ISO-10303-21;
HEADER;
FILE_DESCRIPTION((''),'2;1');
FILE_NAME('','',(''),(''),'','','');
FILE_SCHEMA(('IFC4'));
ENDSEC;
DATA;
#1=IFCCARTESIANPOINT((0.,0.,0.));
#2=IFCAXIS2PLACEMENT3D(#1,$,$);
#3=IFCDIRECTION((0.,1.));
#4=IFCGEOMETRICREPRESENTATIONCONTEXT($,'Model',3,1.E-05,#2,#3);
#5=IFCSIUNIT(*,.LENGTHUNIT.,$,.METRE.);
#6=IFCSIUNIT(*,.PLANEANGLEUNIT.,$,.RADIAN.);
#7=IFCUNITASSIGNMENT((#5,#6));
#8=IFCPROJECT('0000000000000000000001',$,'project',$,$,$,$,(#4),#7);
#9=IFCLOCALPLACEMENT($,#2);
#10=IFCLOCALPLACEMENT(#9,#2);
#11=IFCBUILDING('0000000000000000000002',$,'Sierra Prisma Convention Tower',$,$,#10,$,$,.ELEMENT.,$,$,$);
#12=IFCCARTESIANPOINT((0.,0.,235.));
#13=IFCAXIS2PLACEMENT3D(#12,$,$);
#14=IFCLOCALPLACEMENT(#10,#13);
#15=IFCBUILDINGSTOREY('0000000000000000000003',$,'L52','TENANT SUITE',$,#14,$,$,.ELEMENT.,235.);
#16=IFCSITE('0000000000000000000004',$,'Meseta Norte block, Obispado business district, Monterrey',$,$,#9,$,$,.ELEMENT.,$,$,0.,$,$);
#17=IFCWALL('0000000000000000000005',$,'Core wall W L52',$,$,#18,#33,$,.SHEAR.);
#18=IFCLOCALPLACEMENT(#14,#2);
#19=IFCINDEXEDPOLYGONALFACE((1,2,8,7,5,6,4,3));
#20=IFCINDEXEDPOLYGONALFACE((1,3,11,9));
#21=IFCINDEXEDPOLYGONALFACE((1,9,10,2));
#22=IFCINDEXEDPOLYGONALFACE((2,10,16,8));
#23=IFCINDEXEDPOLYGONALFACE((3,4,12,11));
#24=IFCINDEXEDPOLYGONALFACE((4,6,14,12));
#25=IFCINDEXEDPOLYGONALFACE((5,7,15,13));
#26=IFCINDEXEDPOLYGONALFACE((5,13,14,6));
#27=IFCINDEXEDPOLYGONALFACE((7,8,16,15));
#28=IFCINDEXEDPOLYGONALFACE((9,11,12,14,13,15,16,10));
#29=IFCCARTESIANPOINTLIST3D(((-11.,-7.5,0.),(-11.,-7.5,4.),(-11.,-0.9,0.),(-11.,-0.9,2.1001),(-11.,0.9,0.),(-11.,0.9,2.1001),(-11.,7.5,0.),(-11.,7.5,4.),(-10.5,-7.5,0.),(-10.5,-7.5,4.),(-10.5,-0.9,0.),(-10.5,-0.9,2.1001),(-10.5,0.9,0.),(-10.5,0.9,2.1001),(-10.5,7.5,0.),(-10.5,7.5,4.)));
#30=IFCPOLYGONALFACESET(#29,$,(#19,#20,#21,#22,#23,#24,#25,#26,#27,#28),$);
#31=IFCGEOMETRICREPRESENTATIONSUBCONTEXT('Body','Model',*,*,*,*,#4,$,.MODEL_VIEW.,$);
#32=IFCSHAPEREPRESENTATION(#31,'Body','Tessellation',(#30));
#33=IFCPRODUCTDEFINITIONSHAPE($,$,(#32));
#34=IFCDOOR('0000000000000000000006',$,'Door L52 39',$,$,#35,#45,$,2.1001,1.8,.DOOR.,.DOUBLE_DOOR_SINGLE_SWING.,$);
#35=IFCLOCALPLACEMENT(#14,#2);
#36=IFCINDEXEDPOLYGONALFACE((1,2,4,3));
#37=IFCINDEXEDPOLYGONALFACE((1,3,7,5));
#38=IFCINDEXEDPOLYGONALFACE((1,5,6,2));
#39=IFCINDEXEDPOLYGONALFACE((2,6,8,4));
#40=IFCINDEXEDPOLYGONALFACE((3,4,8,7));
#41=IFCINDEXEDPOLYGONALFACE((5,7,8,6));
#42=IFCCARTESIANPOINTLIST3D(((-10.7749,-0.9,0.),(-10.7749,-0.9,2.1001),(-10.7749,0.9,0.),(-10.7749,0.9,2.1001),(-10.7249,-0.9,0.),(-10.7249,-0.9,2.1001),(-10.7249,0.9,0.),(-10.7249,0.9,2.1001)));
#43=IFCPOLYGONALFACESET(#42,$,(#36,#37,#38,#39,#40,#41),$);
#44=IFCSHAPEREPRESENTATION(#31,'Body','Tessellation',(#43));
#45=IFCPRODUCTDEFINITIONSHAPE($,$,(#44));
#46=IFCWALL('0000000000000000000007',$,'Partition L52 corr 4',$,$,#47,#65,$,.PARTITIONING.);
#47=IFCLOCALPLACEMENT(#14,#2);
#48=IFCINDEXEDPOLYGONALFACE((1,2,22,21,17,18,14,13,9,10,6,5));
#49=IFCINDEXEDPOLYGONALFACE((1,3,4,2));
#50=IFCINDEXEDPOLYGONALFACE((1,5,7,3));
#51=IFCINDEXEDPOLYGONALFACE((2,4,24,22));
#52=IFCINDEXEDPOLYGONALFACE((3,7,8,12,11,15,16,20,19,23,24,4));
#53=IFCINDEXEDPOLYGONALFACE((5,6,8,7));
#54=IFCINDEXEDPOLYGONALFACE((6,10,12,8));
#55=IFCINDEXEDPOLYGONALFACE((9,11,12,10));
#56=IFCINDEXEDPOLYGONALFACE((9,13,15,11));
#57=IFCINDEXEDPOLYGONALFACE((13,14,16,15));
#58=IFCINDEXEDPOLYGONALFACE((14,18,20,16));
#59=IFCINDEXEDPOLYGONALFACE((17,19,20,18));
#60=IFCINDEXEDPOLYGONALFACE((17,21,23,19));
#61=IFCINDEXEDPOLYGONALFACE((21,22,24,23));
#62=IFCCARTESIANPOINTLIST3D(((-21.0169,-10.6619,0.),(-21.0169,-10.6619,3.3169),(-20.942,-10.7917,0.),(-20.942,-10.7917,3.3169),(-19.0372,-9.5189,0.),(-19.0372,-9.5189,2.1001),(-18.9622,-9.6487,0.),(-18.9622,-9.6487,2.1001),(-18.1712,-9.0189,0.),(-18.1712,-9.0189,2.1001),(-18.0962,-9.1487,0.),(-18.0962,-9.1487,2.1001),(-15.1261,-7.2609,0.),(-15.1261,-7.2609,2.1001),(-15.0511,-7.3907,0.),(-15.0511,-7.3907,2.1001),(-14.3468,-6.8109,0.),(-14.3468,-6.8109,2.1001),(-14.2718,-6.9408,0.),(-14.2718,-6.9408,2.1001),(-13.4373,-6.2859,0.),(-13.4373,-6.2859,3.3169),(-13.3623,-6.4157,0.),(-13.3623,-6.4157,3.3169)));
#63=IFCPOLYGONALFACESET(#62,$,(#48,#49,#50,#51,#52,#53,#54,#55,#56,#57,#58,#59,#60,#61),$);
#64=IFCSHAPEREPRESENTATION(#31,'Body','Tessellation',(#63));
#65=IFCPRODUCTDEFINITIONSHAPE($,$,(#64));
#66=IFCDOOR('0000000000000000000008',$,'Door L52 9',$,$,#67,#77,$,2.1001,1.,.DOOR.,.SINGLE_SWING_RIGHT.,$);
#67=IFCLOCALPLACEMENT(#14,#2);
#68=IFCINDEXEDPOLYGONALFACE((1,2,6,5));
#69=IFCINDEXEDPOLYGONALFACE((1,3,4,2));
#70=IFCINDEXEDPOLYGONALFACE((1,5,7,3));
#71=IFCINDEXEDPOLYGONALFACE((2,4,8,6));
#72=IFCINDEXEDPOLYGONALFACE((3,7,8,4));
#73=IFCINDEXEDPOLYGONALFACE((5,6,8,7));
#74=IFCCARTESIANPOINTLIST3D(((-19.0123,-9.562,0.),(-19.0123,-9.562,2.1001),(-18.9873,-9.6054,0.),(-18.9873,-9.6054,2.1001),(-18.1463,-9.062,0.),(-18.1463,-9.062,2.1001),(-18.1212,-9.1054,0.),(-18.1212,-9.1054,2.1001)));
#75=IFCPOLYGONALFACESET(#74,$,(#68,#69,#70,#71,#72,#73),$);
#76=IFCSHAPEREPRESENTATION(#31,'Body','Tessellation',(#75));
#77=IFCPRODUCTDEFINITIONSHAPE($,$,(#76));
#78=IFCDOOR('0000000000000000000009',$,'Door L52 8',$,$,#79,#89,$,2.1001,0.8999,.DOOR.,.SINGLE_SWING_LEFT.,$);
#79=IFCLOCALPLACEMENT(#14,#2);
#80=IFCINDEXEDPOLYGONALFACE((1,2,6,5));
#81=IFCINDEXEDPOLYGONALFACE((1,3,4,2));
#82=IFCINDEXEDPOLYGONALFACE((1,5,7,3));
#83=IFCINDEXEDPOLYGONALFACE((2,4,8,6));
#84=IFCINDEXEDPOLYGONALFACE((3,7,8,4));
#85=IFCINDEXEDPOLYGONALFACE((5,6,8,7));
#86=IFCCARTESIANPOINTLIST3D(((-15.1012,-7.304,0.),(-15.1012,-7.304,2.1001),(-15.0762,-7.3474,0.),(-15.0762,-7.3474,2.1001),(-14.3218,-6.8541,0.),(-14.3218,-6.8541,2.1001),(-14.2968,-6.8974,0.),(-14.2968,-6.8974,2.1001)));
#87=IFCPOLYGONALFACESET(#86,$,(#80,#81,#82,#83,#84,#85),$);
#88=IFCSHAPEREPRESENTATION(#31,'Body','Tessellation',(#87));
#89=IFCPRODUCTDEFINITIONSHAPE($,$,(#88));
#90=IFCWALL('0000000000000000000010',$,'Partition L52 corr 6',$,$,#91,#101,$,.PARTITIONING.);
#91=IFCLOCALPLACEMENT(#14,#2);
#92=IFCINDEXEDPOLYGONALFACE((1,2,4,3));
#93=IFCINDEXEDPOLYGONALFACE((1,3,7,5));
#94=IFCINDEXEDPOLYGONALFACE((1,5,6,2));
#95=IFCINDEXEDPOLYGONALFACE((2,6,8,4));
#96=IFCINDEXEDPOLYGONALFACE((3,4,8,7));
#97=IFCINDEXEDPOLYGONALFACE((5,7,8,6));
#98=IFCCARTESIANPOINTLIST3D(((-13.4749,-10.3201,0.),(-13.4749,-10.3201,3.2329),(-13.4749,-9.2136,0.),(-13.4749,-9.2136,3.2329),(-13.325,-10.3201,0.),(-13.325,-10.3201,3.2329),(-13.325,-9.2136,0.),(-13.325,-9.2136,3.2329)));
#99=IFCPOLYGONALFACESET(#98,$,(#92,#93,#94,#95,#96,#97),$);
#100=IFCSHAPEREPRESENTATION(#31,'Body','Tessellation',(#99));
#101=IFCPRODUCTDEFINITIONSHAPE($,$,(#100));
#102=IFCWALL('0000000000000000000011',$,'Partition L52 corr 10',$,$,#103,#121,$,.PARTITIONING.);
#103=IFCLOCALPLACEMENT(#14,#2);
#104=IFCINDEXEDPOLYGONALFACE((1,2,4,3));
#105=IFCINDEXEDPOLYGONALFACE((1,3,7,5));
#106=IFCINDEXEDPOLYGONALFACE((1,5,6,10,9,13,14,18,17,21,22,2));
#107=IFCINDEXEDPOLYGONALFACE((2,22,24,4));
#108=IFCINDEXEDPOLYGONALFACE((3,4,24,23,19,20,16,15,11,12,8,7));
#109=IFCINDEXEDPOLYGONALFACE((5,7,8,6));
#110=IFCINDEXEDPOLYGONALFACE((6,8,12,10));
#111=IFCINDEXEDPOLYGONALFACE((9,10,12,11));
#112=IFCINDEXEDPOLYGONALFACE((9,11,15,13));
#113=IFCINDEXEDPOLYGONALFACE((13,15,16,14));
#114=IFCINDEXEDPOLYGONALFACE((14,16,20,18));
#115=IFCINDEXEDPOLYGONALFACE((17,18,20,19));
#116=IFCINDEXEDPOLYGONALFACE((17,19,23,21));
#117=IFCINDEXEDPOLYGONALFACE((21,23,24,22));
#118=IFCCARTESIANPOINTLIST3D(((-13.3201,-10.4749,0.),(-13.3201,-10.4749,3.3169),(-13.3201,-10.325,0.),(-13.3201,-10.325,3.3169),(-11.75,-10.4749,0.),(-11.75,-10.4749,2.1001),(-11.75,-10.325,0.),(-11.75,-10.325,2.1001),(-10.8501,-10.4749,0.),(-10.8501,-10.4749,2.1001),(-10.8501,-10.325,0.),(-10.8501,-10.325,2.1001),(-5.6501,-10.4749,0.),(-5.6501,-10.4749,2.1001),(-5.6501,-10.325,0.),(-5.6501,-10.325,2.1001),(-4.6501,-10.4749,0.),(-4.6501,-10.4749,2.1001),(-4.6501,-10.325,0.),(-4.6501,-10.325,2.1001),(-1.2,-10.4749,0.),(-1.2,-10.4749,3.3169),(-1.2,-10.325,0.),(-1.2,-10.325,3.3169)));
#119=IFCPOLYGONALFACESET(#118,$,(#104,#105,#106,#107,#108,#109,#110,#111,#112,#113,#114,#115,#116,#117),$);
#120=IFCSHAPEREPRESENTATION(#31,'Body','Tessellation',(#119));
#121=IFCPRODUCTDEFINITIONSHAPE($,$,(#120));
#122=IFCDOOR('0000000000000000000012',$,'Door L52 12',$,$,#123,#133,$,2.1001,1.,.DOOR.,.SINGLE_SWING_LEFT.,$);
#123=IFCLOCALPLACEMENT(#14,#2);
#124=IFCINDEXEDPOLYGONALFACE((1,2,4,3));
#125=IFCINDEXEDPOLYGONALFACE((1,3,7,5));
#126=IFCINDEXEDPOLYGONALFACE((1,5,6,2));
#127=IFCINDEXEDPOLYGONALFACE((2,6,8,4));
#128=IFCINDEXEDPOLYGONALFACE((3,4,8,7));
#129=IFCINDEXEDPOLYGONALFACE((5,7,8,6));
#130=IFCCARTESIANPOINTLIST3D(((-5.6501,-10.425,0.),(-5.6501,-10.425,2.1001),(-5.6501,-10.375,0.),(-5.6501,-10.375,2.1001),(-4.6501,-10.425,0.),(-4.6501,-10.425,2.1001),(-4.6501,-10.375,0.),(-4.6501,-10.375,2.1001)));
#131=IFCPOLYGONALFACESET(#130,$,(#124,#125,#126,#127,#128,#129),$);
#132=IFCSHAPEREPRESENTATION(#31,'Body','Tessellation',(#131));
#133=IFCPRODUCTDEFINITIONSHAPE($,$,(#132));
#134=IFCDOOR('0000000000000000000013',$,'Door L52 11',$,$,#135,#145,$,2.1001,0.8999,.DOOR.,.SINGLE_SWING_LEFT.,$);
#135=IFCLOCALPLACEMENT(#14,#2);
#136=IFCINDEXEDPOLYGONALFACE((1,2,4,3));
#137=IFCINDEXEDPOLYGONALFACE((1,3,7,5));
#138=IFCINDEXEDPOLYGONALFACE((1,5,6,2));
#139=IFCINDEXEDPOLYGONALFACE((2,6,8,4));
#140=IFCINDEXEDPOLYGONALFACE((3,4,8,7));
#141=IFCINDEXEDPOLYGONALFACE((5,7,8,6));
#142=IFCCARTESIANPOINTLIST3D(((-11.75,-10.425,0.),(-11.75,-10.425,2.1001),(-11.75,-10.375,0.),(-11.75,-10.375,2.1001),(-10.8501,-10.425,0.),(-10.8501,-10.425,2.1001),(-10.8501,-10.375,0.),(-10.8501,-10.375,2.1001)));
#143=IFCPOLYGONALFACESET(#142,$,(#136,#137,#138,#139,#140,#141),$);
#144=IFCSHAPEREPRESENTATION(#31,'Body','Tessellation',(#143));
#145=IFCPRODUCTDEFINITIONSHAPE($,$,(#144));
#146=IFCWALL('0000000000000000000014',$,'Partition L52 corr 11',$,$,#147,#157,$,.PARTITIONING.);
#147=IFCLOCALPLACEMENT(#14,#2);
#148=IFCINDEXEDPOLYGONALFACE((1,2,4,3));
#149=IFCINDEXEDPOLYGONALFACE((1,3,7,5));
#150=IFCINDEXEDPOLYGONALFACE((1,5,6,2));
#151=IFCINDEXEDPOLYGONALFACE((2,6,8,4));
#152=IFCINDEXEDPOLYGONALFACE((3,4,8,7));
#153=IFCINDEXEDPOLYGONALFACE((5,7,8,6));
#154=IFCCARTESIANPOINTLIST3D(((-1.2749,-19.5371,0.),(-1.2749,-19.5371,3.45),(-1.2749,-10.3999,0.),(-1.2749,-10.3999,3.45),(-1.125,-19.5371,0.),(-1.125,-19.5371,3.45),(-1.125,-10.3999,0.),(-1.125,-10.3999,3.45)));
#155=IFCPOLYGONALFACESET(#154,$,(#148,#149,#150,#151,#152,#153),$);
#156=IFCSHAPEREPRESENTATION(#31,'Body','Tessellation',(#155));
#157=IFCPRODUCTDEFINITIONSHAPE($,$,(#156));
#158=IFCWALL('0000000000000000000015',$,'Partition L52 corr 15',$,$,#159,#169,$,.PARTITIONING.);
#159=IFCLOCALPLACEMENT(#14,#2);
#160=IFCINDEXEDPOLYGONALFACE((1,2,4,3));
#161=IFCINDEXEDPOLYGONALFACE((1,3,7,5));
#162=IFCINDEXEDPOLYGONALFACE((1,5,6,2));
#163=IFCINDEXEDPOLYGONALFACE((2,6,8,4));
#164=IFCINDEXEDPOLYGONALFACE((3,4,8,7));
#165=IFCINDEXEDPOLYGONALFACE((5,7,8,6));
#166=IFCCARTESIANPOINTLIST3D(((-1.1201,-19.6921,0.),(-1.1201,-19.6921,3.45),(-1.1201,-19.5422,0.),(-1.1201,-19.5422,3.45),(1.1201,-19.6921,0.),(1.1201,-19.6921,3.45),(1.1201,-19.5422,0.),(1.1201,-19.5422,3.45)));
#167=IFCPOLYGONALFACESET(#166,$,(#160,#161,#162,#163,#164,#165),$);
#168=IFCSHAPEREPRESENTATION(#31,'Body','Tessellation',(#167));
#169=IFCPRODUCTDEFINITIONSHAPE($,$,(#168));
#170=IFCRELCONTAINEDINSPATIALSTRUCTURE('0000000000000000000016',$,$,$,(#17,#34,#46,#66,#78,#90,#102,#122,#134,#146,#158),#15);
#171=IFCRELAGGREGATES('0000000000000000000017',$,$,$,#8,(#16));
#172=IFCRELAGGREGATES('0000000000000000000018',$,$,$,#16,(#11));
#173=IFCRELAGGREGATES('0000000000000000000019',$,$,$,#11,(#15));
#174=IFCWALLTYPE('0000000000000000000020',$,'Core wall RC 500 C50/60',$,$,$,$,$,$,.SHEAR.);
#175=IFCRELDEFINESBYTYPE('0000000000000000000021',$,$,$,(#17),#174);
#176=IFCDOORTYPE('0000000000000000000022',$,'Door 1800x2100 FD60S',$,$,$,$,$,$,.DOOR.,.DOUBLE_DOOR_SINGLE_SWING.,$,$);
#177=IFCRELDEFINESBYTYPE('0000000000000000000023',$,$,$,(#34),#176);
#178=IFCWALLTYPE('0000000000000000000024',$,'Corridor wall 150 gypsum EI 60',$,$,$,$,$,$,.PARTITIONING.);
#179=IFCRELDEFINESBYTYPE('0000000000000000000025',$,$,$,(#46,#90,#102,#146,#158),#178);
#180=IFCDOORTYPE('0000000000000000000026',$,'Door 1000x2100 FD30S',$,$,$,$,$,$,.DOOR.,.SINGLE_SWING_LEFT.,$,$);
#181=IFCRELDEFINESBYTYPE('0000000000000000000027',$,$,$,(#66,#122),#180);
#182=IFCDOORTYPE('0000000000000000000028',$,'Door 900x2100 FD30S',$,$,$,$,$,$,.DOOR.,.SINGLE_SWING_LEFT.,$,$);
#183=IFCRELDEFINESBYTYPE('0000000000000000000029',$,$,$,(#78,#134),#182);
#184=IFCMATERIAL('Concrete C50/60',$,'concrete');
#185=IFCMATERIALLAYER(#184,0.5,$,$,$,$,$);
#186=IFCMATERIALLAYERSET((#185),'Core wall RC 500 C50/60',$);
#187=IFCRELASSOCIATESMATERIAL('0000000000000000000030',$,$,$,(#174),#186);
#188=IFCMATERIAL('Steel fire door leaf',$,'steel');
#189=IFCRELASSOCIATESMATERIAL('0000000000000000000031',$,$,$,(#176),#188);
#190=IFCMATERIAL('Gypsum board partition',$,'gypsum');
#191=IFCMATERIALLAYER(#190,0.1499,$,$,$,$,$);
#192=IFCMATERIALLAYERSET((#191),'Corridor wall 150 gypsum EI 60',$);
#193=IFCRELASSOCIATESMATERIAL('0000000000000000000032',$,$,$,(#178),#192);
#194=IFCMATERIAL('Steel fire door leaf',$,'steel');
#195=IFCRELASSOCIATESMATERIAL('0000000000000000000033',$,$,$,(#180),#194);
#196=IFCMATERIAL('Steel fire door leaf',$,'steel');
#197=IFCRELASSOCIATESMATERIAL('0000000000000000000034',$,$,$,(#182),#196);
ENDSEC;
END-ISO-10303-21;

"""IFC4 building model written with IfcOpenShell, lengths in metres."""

from ifc_helpers import new_model, si_unit, direction, frame, frame_2d, origin, place, context, subcontext, project, spatial, rectangle, extrude, material, layer, layer_set, type_object, element, fill, save


model = new_model("IFC4")

# Units and contexts
model_context = context("Model", 3, precision=1e-05, world=origin(), true_north=direction((0.0, 1.0)))
body_context = subcontext(model_context, "Body", "Model", "MODEL_VIEW")
ifc_project = project(units=[si_unit("LENGTHUNIT", "METRE"), si_unit("PLANEANGLEUNIT", "RADIAN")], contexts=[model_context])

# Site, building, storey
site_placement = place(None, origin())
site = spatial("IfcSite", under=ifc_project, at=site_placement, Name="Meseta Norte block, Obispado business district, Monterrey", CompositionType="ELEMENT", RefElevation=0.0)
building_placement = place(site_placement, origin())
building = spatial("IfcBuilding", under=site, at=building_placement, Name="Sierra Prisma Convention Tower", CompositionType="ELEMENT")
storey_placement = place(building_placement, frame((0.0, 0.0, 235.0)))
storey = spatial("IfcBuildingStorey", under=building, at=storey_placement, Name="L52", Description="TENANT SUITE", CompositionType="ELEMENT", Elevation=235.0)

# Wall, opening, door
ifc_material_1 = material(Name="Concrete C50/60", Category="concrete")
ifc_layer_1 = layer(ifc_material_1, 0.5)
ifc_layer_set_1 = layer_set([ifc_layer_1], Name="Core wall RC 500 C50/60")
wall_type_1 = type_object("IfcWallType", Name="Core wall RC 500 C50/60", PredefinedType="SHEAR", material=ifc_layer_set_1)
wall_1_placement = place(storey_placement, frame((-10.75, -7.5, 0.0), z_axis=(0.0, 0.0, 1.0), x_axis=(0.0, 1.0, 0.0)))
wall_1 = element("IfcWall", 1, at=wall_1_placement, inside=storey, type_object=wall_type_1, Name="Core wall W L52", PredefinedType="SHEAR", context=body_context, shape_type="SweptSolid", body=[
    extrude(rectangle(XDim=15.0, YDim=0.5, at=frame_2d((7.5, 0.0))), origin(), (0.0, 0.0, 1.0), 4.0),
])
opening_1_placement = place(wall_1_placement, frame((6.6001, 0.0, 0.0)))
opening_1 = element("IfcOpeningElement", 2, at=opening_1_placement, cuts=wall_1, PredefinedType="OPENING", context=body_context, shape_type="SweptSolid", body=[
    extrude(rectangle(XDim=1.8, YDim=2.1001, at=frame_2d((0.8999, 1.05))), frame((0.0, 0.25, 0.0), z_axis=(0.0, -1.0, 0.0), x_axis=(1.0, 0.0, 0.0)), (0.0, 0.0, 1.0), 0.5),
])
ifc_material_2 = material(Name="Steel fire door leaf", Category="steel")
door_type_1 = type_object("IfcDoorType", Name="Door 1800x2100 FD60S", OperationType="DOUBLE_DOOR_SINGLE_SWING", PredefinedType="DOOR", material=ifc_material_2)
door_1_placement = place(opening_1_placement, origin())
door_1 = element("IfcDoor", 3, at=door_1_placement, inside=storey, type_object=door_type_1, Name="Door L52 39", OperationType="DOUBLE_DOOR_SINGLE_SWING", OverallHeight=2.1001, OverallWidth=1.8, PredefinedType="DOOR", context=body_context, shape_type="SweptSolid", body=[
    extrude(rectangle(XDim=1.8, YDim=2.1001, at=frame_2d((0.8999, 1.05))), frame((0.0, 0.0249, 0.0), z_axis=(0.0, -1.0, 0.0), x_axis=(1.0, 0.0, 0.0)), (0.0, 0.0, 1.0), 0.05),
])
fill(opening_1, door_1)

# Wall, openings, doors
ifc_material_3 = material(Name="Gypsum board partition", Category="gypsum")
ifc_layer_2 = layer(ifc_material_3, 0.1499)
ifc_layer_set_2 = layer_set([ifc_layer_2], Name="Corridor wall 150 gypsum EI 60")
wall_type_2 = type_object("IfcWallType", Name="Corridor wall 150 gypsum EI 60", PredefinedType="PARTITIONING", material=ifc_layer_set_2)
wall_2_placement = place(storey_placement, frame((-13.3999, -6.3508, 0.0), z_axis=(0.0, 0.0, 1.0), x_axis=(-0.86603, -0.499991, 0.0)))
wall_2 = element("IfcWall", 4, at=wall_2_placement, inside=storey, type_object=wall_type_2, Name="Partition L52 corr 4", PredefinedType="PARTITIONING", context=body_context, shape_type="SweptSolid", body=[
    extrude(rectangle(XDim=8.7522, YDim=0.1499, at=frame_2d((4.376, 0.0))), origin(), (0.0, 0.0, 1.0), 3.3169),
])
opening_2_placement = place(wall_2_placement, frame((1.05, 0.0, 0.0)))
opening_2 = element("IfcOpeningElement", 5, at=opening_2_placement, cuts=wall_2, PredefinedType="OPENING", context=body_context, shape_type="SweptSolid", body=[
    extrude(rectangle(XDim=0.8999, YDim=2.1001, at=frame_2d((0.45, 1.05))), frame((0.0, 0.075, 0.0), z_axis=(0.0, -1.0, 0.0), x_axis=(1.0, 0.0, 0.0)), (0.0, 0.0, 1.0), 0.1499),
])
opening_3_placement = place(wall_2_placement, frame((5.4661, 0.0, 0.0)))
opening_3 = element("IfcOpeningElement", 6, at=opening_3_placement, cuts=wall_2, PredefinedType="OPENING", context=body_context, shape_type="SweptSolid", body=[
    extrude(rectangle(XDim=1.0, YDim=2.1001, at=frame_2d((0.5, 1.05))), frame((0.0, 0.075, 0.0), z_axis=(0.0, -1.0, 0.0), x_axis=(1.0, 0.0, 0.0)), (0.0, 0.0, 1.0), 0.1499),
])
ifc_material_4 = material(Name="Steel fire door leaf", Category="steel")
door_type_2 = type_object("IfcDoorType", Name="Door 1000x2100 FD30S", OperationType="SINGLE_SWING_LEFT", PredefinedType="DOOR", material=ifc_material_4)
door_2_placement = place(opening_3_placement, origin())
door_2 = element("IfcDoor", 7, at=door_2_placement, inside=storey, type_object=door_type_2, Name="Door L52 9", OperationType="SINGLE_SWING_RIGHT", OverallHeight=2.1001, OverallWidth=1.0, PredefinedType="DOOR", context=body_context, shape_type="SweptSolid", body=[
    extrude(rectangle(XDim=1.0, YDim=2.1001, at=frame_2d((0.5, 1.05))), frame((0.0, 0.0249, 0.0), z_axis=(0.0, -1.0, 0.0), x_axis=(1.0, 0.0, 0.0)), (0.0, 0.0, 1.0), 0.05),
])
fill(opening_3, door_2)
ifc_material_5 = material(Name="Steel fire door leaf", Category="steel")
door_type_3 = type_object("IfcDoorType", Name="Door 900x2100 FD30S", OperationType="SINGLE_SWING_LEFT", PredefinedType="DOOR", material=ifc_material_5)
door_3_placement = place(opening_2_placement, origin())
door_3 = element("IfcDoor", 8, at=door_3_placement, inside=storey, type_object=door_type_3, Name="Door L52 8", OperationType="SINGLE_SWING_LEFT", OverallHeight=2.1001, OverallWidth=0.8999, PredefinedType="DOOR", context=body_context, shape_type="SweptSolid", body=[
    extrude(rectangle(XDim=0.8999, YDim=2.1001, at=frame_2d((0.45, 1.05))), frame((0.0, 0.0249, 0.0), z_axis=(0.0, -1.0, 0.0), x_axis=(1.0, 0.0, 0.0)), (0.0, 0.0, 1.0), 0.05),
])
fill(opening_2, door_3)

# Wall
wall_3_placement = place(storey_placement, frame((-13.3999, -9.2136, 0.0), z_axis=(0.0, 0.0, 1.0), x_axis=(0.0, -1.0, 0.0)))
element("IfcWall", 9, at=wall_3_placement, inside=storey, type_object=wall_type_2, Name="Partition L52 corr 6", PredefinedType="PARTITIONING", context=body_context, shape_type="SweptSolid", body=[
    extrude(rectangle(XDim=1.1064, YDim=0.1499, at=frame_2d((0.5532, 0.0))), origin(), (0.0, 0.0, 1.0), 3.2329),
])

# Wall, openings, doors
wall_4_placement = place(storey_placement, frame((-13.3201, -10.3999, 0.0), z_axis=(0.0, 0.0, 1.0), x_axis=(1.0, 0.0, 0.0)))
wall_4 = element("IfcWall", 10, at=wall_4_placement, inside=storey, type_object=wall_type_2, Name="Partition L52 corr 10", PredefinedType="PARTITIONING", context=body_context, shape_type="SweptSolid", body=[
    extrude(rectangle(XDim=12.1201, YDim=0.1499, at=frame_2d((6.0601, 0.0))), origin(), (0.0, 0.0, 1.0), 3.3169),
])
opening_4_placement = place(wall_4_placement, frame((1.5701, 0.0, 0.0)))
opening_4 = element("IfcOpeningElement", 11, at=opening_4_placement, cuts=wall_4, PredefinedType="OPENING", context=body_context, shape_type="SweptSolid", body=[
    extrude(rectangle(XDim=0.8999, YDim=2.1001, at=frame_2d((0.45, 1.05))), frame((0.0, 0.075, 0.0), z_axis=(0.0, -1.0, 0.0), x_axis=(1.0, 0.0, 0.0)), (0.0, 0.0, 1.0), 0.1499),
])
opening_5_placement = place(wall_4_placement, frame((7.6699, 0.0, 0.0)))
opening_5 = element("IfcOpeningElement", 12, at=opening_5_placement, cuts=wall_4, PredefinedType="OPENING", context=body_context, shape_type="SweptSolid", body=[
    extrude(rectangle(XDim=1.0, YDim=2.1001, at=frame_2d((0.5, 1.05))), frame((0.0, 0.075, 0.0), z_axis=(0.0, -1.0, 0.0), x_axis=(1.0, 0.0, 0.0)), (0.0, 0.0, 1.0), 0.1499),
])
door_4_placement = place(opening_5_placement, origin())
door_4 = element("IfcDoor", 13, at=door_4_placement, inside=storey, type_object=door_type_2, Name="Door L52 12", OperationType="SINGLE_SWING_LEFT", OverallHeight=2.1001, OverallWidth=1.0, PredefinedType="DOOR", context=body_context, shape_type="SweptSolid", body=[
    extrude(rectangle(XDim=1.0, YDim=2.1001, at=frame_2d((0.5, 1.05))), frame((0.0, 0.0249, 0.0), z_axis=(0.0, -1.0, 0.0), x_axis=(1.0, 0.0, 0.0)), (0.0, 0.0, 1.0), 0.05),
])
fill(opening_5, door_4)
door_5_placement = place(opening_4_placement, origin())
door_5 = element("IfcDoor", 14, at=door_5_placement, inside=storey, type_object=door_type_3, Name="Door L52 11", OperationType="SINGLE_SWING_LEFT", OverallHeight=2.1001, OverallWidth=0.8999, PredefinedType="DOOR", context=body_context, shape_type="SweptSolid", body=[
    extrude(rectangle(XDim=0.8999, YDim=2.1001, at=frame_2d((0.45, 1.05))), frame((0.0, 0.0249, 0.0), z_axis=(0.0, -1.0, 0.0), x_axis=(1.0, 0.0, 0.0)), (0.0, 0.0, 1.0), 0.05),
])
fill(opening_4, door_5)

# Walls
wall_5_placement = place(storey_placement, frame((-1.2, -10.3999, 0.0), z_axis=(0.0, 0.0, 1.0), x_axis=(0.0, -1.0, 0.0)))
element("IfcWall", 15, at=wall_5_placement, inside=storey, type_object=wall_type_2, Name="Partition L52 corr 11", PredefinedType="PARTITIONING", context=body_context, shape_type="SweptSolid", body=[
    extrude(rectangle(XDim=9.1372, YDim=0.1499, at=frame_2d((4.5686, 0.0))), origin(), (0.0, 0.0, 1.0), 3.45),
])
wall_6_placement = place(storey_placement, frame((-1.1201, -19.6172, 0.0), z_axis=(0.0, 0.0, 1.0), x_axis=(1.0, 0.0, 0.0)))
element("IfcWall", 16, at=wall_6_placement, inside=storey, type_object=wall_type_2, Name="Partition L52 corr 15", PredefinedType="PARTITIONING", context=body_context, shape_type="SweptSolid", body=[
    extrude(rectangle(XDim=2.2402, YDim=0.1499, at=frame_2d((1.1201, 0.0))), origin(), (0.0, 0.0, 1.0), 3.45),
])

save(model, "model.ifc")
